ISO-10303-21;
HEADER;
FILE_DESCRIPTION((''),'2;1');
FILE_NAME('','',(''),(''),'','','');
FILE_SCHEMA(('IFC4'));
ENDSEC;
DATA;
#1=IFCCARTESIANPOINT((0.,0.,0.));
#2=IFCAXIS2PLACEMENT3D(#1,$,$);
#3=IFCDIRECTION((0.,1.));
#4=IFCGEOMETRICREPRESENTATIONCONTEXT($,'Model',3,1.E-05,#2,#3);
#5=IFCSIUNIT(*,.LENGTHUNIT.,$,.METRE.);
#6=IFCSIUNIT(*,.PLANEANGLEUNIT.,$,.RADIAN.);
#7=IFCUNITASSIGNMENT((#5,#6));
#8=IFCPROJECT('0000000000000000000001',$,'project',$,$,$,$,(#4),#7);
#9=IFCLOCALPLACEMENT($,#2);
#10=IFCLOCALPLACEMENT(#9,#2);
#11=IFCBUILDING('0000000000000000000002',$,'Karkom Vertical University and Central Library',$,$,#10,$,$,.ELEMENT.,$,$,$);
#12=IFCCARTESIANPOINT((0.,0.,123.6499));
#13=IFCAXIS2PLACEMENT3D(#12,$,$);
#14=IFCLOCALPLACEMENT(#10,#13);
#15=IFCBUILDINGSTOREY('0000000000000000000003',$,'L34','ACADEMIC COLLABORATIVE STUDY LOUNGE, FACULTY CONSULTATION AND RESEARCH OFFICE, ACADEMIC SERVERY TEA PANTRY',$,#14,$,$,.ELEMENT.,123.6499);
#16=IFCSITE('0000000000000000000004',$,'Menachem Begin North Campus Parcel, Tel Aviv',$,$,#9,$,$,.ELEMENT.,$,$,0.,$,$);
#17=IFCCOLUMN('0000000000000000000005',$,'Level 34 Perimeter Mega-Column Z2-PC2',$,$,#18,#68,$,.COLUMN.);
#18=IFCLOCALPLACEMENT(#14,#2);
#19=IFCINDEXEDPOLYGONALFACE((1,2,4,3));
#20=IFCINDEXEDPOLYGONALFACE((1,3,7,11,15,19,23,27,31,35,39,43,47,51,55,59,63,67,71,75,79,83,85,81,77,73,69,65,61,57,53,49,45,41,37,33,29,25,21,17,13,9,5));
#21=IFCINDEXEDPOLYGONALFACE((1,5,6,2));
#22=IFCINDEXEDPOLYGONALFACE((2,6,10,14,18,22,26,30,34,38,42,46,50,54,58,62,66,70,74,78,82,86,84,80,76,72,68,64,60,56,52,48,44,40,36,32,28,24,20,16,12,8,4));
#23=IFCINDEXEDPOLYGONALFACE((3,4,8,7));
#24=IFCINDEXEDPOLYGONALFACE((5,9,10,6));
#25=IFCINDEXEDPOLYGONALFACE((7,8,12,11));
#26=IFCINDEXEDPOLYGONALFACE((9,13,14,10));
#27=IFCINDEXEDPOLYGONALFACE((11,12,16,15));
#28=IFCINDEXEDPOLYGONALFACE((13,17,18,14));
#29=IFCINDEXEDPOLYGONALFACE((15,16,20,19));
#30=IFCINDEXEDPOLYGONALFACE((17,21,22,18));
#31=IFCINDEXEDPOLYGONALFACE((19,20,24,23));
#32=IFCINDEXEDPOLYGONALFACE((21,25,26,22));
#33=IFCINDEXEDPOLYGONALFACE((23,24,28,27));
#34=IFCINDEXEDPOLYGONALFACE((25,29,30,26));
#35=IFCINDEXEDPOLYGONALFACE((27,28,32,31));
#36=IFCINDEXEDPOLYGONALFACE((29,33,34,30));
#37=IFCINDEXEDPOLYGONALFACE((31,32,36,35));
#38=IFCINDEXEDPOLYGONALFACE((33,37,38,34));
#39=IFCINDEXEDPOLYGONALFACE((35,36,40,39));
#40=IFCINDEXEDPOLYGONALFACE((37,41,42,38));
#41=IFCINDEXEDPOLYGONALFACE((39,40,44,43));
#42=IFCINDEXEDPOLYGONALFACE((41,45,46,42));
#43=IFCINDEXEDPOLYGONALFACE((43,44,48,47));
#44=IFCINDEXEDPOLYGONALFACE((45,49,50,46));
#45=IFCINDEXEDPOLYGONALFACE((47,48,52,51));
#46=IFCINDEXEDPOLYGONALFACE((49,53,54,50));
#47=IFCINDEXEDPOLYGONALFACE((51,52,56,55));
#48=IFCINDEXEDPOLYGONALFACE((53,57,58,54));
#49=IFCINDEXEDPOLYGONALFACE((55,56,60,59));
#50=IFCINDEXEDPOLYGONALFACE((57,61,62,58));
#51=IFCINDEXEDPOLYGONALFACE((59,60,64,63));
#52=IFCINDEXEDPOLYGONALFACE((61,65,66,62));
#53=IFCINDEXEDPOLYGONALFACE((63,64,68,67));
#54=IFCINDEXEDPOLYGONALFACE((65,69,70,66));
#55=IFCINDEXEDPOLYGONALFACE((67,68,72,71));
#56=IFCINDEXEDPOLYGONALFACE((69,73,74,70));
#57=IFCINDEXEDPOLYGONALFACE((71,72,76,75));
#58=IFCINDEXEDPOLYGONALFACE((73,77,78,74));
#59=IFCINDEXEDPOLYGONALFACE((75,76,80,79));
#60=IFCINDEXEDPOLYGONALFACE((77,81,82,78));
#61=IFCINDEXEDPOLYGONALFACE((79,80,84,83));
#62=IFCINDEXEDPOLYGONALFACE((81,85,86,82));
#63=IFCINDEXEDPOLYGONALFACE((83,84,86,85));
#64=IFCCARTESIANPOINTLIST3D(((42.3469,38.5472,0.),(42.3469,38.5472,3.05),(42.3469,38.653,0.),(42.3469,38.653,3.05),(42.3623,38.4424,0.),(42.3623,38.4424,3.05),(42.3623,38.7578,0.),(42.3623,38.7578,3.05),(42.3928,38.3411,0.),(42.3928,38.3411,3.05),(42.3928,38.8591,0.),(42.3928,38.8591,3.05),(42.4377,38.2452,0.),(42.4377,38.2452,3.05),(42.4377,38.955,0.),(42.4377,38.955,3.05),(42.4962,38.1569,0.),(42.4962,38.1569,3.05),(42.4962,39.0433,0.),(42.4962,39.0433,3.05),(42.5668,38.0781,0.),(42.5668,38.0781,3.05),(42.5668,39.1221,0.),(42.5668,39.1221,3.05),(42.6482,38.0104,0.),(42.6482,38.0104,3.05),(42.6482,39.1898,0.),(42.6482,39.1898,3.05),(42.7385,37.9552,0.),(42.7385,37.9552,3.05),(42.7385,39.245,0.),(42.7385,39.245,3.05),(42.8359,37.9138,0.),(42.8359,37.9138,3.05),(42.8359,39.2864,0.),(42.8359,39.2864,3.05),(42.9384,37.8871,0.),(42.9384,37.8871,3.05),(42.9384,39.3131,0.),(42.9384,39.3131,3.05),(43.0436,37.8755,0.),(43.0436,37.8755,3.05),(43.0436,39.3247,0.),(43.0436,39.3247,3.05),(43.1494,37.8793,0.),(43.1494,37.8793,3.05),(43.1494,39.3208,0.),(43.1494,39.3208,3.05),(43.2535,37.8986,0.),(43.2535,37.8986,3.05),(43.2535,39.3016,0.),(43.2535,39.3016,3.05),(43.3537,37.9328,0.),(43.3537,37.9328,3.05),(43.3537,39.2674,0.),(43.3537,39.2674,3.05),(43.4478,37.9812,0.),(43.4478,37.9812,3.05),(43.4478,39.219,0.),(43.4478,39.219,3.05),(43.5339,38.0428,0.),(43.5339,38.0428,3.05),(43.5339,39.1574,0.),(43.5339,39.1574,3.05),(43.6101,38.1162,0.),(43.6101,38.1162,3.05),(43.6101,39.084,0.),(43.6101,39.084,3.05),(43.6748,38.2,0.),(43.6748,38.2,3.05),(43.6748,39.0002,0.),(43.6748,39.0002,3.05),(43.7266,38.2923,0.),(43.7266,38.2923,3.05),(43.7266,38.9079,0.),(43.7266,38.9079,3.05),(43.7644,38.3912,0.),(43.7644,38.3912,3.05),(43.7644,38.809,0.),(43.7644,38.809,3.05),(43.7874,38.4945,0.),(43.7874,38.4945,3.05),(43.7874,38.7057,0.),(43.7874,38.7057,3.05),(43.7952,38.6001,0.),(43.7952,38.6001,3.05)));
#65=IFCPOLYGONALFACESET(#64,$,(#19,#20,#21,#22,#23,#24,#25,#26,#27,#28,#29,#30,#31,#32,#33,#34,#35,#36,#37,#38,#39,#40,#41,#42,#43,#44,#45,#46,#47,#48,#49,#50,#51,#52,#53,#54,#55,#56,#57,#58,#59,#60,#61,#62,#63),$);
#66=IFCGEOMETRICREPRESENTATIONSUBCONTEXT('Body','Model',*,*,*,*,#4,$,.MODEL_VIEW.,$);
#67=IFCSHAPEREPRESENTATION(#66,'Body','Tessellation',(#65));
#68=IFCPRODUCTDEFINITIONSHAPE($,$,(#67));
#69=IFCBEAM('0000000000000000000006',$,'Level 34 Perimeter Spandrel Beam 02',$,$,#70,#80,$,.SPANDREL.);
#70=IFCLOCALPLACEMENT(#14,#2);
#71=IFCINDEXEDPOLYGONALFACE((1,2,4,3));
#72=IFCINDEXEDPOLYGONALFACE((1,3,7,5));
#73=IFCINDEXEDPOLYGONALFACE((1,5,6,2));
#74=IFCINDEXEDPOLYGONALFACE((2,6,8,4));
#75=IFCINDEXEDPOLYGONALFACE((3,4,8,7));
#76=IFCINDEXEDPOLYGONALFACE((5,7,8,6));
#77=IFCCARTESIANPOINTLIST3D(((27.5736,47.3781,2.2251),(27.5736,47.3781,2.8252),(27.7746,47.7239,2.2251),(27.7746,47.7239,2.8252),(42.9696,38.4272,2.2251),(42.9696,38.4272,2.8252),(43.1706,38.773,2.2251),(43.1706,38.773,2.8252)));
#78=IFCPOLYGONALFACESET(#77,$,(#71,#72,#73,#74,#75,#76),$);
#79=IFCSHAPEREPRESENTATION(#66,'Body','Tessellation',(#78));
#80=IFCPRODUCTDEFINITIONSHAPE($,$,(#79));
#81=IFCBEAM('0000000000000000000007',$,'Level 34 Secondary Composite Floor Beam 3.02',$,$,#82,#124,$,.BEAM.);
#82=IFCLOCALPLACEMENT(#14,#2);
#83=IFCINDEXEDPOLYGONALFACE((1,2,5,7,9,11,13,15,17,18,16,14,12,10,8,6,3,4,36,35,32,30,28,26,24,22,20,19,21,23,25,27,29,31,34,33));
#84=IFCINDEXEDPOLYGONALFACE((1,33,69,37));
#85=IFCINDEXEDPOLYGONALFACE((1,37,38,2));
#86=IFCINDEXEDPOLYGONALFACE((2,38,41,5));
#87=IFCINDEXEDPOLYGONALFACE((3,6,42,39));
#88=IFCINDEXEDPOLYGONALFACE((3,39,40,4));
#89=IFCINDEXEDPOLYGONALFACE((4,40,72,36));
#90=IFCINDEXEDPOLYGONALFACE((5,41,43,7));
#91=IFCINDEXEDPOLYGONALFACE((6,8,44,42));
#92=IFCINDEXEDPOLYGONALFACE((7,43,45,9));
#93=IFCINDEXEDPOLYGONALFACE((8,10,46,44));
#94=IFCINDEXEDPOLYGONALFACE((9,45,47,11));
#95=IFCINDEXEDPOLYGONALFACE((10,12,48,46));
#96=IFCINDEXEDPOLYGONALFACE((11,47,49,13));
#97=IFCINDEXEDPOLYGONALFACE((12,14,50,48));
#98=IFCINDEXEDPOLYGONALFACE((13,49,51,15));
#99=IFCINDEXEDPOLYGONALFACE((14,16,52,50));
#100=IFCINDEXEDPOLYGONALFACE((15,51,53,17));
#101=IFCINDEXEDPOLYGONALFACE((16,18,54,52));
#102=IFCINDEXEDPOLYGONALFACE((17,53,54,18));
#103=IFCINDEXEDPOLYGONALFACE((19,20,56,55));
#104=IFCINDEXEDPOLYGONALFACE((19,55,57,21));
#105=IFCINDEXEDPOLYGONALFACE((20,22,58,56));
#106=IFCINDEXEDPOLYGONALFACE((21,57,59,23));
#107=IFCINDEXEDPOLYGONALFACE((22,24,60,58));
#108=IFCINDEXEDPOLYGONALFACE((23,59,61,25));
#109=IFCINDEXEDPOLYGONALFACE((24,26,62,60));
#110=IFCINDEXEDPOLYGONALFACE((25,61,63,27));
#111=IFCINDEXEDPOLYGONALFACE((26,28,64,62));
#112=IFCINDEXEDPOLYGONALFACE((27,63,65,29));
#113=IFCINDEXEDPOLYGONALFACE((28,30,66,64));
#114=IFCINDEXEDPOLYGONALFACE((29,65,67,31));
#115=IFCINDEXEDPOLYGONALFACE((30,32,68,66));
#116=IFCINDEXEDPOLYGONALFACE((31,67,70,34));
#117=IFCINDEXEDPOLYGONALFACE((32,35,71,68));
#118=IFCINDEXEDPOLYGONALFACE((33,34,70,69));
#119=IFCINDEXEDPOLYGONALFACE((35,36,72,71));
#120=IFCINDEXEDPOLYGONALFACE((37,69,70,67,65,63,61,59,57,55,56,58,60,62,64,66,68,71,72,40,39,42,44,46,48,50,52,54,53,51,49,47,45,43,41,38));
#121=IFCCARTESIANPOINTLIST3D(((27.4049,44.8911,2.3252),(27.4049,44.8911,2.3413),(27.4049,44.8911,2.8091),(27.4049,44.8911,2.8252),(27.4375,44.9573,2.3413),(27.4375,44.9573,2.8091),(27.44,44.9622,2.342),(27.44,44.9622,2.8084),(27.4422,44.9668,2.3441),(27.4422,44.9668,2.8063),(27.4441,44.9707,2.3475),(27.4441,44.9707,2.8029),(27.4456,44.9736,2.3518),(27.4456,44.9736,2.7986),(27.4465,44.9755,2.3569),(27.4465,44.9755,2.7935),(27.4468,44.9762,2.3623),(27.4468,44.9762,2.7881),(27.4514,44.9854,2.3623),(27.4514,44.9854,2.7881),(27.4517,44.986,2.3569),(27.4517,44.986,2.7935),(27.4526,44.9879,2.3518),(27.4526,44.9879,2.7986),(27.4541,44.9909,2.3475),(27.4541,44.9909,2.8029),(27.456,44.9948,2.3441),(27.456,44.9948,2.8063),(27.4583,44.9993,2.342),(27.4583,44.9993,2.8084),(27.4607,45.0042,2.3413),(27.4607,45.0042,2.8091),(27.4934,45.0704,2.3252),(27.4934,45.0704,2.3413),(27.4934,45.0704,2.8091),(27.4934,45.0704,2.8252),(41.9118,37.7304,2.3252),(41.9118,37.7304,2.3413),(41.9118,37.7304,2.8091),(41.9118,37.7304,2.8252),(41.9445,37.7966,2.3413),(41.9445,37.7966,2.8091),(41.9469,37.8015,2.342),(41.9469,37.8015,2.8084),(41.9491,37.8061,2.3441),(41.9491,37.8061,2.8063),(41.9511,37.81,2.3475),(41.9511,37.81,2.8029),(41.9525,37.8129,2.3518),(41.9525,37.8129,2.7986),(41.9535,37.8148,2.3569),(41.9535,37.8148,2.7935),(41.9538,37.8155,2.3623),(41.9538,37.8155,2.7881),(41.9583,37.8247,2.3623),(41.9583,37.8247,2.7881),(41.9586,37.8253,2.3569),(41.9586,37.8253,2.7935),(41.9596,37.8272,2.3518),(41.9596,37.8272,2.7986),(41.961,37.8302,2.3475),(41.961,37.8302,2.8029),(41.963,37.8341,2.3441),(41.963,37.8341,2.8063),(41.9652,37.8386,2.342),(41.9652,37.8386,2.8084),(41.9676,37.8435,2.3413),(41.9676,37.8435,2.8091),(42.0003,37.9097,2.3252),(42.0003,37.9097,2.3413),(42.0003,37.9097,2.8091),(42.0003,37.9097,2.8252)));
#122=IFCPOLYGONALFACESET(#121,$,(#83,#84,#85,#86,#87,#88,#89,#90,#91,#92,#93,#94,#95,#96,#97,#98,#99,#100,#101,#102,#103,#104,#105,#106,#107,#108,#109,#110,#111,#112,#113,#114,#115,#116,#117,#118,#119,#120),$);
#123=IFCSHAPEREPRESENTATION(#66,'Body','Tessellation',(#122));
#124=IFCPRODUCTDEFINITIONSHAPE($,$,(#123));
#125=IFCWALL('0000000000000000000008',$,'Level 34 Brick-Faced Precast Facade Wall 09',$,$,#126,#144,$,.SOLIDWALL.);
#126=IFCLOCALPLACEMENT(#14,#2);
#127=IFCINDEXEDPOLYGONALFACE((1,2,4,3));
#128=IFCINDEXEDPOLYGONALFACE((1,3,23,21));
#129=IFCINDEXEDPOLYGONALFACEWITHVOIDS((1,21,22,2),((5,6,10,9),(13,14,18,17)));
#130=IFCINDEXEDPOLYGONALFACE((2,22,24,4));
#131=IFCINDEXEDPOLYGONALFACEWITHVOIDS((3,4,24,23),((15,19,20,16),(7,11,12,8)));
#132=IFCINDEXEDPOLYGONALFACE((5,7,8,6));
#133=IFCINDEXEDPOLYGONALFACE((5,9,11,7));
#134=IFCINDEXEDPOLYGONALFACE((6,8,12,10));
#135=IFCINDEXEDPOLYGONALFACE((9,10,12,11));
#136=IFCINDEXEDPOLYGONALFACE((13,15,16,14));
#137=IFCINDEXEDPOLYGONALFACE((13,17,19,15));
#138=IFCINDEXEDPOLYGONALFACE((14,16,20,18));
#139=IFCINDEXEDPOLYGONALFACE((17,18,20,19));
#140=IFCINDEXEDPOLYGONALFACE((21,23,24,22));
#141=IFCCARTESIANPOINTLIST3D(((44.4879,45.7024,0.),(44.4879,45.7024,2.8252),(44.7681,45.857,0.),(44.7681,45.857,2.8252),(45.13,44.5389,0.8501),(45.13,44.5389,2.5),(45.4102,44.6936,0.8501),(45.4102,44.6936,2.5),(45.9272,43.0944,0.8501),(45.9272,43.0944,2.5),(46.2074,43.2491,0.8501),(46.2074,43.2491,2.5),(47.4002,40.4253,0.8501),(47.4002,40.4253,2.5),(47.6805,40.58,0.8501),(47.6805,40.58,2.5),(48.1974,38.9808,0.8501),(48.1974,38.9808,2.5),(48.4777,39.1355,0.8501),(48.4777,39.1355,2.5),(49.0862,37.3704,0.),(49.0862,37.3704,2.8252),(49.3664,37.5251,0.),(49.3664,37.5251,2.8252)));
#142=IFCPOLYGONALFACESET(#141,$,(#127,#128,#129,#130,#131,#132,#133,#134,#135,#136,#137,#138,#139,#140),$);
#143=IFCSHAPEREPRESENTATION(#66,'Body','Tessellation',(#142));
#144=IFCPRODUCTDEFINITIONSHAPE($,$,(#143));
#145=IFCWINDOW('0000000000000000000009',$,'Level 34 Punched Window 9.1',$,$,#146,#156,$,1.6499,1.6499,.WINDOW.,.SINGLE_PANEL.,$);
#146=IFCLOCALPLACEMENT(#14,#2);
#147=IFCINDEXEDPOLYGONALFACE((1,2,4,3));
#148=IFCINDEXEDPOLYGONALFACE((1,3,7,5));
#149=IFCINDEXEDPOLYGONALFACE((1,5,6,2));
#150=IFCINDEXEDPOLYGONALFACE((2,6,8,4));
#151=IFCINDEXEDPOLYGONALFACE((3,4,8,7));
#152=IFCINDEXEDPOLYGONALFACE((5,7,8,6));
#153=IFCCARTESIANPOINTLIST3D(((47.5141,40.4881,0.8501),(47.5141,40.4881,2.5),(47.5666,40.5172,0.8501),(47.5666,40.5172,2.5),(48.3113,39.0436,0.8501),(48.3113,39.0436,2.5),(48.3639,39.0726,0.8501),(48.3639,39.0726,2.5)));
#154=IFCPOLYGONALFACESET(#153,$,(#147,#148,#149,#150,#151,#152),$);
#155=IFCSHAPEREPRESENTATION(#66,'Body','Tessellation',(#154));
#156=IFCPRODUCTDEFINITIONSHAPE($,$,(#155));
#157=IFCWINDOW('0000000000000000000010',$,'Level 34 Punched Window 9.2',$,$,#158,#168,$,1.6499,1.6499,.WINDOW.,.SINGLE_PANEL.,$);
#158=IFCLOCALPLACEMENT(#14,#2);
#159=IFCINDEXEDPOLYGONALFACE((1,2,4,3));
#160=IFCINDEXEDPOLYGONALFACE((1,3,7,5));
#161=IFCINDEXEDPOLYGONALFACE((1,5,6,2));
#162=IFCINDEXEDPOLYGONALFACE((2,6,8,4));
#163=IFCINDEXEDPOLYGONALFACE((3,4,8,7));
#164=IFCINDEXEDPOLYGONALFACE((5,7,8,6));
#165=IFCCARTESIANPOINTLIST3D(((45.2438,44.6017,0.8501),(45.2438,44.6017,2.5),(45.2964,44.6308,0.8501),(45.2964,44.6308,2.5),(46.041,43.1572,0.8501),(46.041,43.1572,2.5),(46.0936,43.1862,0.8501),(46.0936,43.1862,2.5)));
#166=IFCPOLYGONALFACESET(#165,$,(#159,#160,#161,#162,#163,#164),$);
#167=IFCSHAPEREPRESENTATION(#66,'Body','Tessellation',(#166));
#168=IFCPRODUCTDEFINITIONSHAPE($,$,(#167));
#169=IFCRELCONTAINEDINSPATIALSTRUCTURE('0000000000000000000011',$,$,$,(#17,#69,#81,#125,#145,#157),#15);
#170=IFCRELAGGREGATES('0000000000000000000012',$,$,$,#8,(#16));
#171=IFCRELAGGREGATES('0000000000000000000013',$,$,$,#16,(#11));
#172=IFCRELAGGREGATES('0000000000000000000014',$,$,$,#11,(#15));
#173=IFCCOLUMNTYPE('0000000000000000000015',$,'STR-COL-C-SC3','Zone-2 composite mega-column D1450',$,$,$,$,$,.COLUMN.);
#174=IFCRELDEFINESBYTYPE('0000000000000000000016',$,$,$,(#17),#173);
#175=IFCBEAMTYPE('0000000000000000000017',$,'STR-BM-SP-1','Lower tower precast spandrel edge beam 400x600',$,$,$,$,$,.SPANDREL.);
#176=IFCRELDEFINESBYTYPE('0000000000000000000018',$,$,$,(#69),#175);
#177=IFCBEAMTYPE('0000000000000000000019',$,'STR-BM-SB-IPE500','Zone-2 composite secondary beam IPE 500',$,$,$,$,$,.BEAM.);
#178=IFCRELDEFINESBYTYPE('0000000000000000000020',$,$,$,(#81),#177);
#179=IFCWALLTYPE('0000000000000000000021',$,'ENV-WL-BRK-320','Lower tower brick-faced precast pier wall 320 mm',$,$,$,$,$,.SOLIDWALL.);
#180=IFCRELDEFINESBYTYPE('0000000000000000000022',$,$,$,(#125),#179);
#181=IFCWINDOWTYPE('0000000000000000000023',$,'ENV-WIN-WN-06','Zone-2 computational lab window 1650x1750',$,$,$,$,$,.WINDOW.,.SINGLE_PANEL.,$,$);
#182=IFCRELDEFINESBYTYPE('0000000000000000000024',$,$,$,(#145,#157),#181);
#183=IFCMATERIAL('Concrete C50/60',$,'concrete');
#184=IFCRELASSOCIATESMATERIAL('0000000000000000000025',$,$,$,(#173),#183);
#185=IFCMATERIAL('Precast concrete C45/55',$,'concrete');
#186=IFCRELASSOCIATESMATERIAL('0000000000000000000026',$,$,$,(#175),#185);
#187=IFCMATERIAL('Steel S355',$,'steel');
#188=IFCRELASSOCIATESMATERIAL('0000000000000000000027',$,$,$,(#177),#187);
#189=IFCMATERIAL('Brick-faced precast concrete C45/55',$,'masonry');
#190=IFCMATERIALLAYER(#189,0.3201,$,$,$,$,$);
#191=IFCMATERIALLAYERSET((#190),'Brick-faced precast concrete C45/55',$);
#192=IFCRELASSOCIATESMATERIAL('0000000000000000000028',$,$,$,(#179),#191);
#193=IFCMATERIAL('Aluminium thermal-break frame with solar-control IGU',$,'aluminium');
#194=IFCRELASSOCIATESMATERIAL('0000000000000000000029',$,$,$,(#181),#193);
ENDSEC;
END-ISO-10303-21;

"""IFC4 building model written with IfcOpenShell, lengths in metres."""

from ifc_helpers import new_model, si_unit, direction, frame, frame_2d, origin, origin_with_axes, origin_2d, place, context, subcontext, project, spatial, rectangle, circle, i_section, extrude, source, transform, mapped, material, layer, layer_set, material_profile, profile_set, type_object, element, fill, save


model = new_model("IFC4")

# Units and contexts
model_context = context("Model", 3, precision=1e-05, world=origin(), true_north=direction((0.0, 1.0)))
body_context = subcontext(model_context, "Body", "Model", "MODEL_VIEW")
ifc_project = project(units=[si_unit("LENGTHUNIT", "METRE"), si_unit("PLANEANGLEUNIT", "RADIAN")], contexts=[model_context])

# Site, building, storey
site_placement = place(None, origin())
site = spatial("IfcSite", under=ifc_project, at=site_placement, Name="Menachem Begin North Campus Parcel, Tel Aviv", CompositionType="ELEMENT", RefElevation=0.0)
building_placement = place(site_placement, origin())
building = spatial("IfcBuilding", under=site, at=building_placement, Name="Karkom Vertical University and Central Library", CompositionType="ELEMENT")
storey_placement = place(building_placement, frame((0.0, 0.0, 123.6499)))
storey = spatial("IfcBuildingStorey", under=building, at=storey_placement, Name="L34", Description="ACADEMIC COLLABORATIVE STUDY LOUNGE, FACULTY CONSULTATION AND RESEARCH OFFICE, ACADEMIC SERVERY TEA PANTRY", CompositionType="ELEMENT", Elevation=123.6499)

# Column
ifc_material_1 = material(Name="Concrete C50/60", Category="concrete")
ifc_material_profile_1 = material_profile(ifc_material_1, circle(Radius=0.7251, at=origin_2d()), Name="CFT-D1450")
ifc_profile_set_1 = profile_set([ifc_material_profile_1], Name="Concrete C50/60")
column_type = type_object("IfcColumnType", Name="STR-COL-C-SC3", Description="Zone-2 composite mega-column D1450", PredefinedType="COLUMN", material=ifc_profile_set_1)
shared_shape_1 = source(origin_with_axes(), body_context, "Body", "SweptSolid", [
    extrude(circle(Radius=0.7251, at=origin_2d()), origin(), (0.0, 0.0, 1.0), 3.05),
])
column_placement = place(storey_placement, frame((43.0701, 38.6001, 0.0), z_axis=(0.0, 0.0, 1.0), x_axis=(1.0, 0.0, 0.0)))
element("IfcColumn", 1, at=column_placement, inside=storey, type_object=column_type, Name="Level 34 Perimeter Mega-Column Z2-PC2", PredefinedType="COLUMN", context=body_context, shape_type="MappedRepresentation", body=[
    mapped(shared_shape_1, transform((0.0, 0.0, 0.0), scale=1.0)),
])

# Beams
ifc_material_2 = material(Name="Precast concrete C45/55", Category="concrete")
ifc_material_profile_2 = material_profile(ifc_material_2, rectangle(XDim=0.3999, YDim=0.6001, at=origin_2d()), Name="SPB-400x600")
ifc_profile_set_2 = profile_set([ifc_material_profile_2], Name="Precast concrete C45/55")
beam_type_1 = type_object("IfcBeamType", Name="STR-BM-SP-1", Description="Lower tower precast spandrel edge beam 400x600", PredefinedType="SPANDREL", material=ifc_profile_set_2)
shared_shape_2 = source(origin_with_axes(), body_context, "Body", "SweptSolid", [
    extrude(rectangle(XDim=0.3999, YDim=0.6001, at=origin_2d()), origin(), (0.0, 0.0, 1.0), 17.8088),
])
beam_1_placement = place(storey_placement, frame((43.0701, 38.6001, 2.5251), z_axis=(-0.864513, 0.502611, 0.0), x_axis=(-0.502611, -0.864513, 0.0)))
element("IfcBeam", 2, at=beam_1_placement, inside=storey, type_object=beam_type_1, Name="Level 34 Perimeter Spandrel Beam 02", PredefinedType="SPANDREL", context=body_context, shape_type="MappedRepresentation", body=[
    mapped(shared_shape_2, transform((0.0, 0.0, 0.0), scale=1.0)),
])
ifc_material_3 = material(Name="Steel S355", Category="steel")
ifc_material_profile_3 = material_profile(ifc_material_3, i_section(OverallWidth=0.2, OverallDepth=0.5, WebThickness=0.0103, FlangeThickness=0.0161, FilletRadius=0.021, at=origin_2d()), Name="IPE 500")
ifc_profile_set_3 = profile_set([ifc_material_profile_3], Name="Steel S355")
beam_type_2 = type_object("IfcBeamType", Name="STR-BM-SB-IPE500", Description="Zone-2 composite secondary beam IPE 500", PredefinedType="BEAM", material=ifc_profile_set_3)
shared_shape_3 = source(origin_with_axes(), body_context, "Body", "SweptSolid", [
    extrude(i_section(OverallWidth=0.2, OverallDepth=0.5, WebThickness=0.0103, FlangeThickness=0.0161, FilletRadius=0.021, at=origin_2d()), origin(), (0.0, 0.0, 1.0), 16.178),
])
beam_2_placement = place(storey_placement, frame((41.9561, 37.8201, 2.5752), z_axis=(-0.896709, 0.44262, 0.0), x_axis=(-0.44262, -0.896709, 0.0)))
element("IfcBeam", 3, at=beam_2_placement, inside=storey, type_object=beam_type_2, Name="Level 34 Secondary Composite Floor Beam 3.02", PredefinedType="BEAM", context=body_context, shape_type="MappedRepresentation", body=[
    mapped(shared_shape_3, transform((0.0, 0.0, 0.0), scale=1.0)),
])

# Wall, openings, windows
ifc_material_4 = material(Name="Brick-faced precast concrete C45/55", Category="masonry")
ifc_layer_1 = layer(ifc_material_4, 0.3201)
ifc_layer_set_1 = layer_set([ifc_layer_1], Name="Brick-faced precast concrete C45/55")
wall_type_1 = type_object("IfcWallType", Name="ENV-WL-BRK-320", Description="Lower tower brick-faced precast pier wall 320 mm", PredefinedType="SOLIDWALL", material=ifc_layer_set_1)
wall_1_placement = place(storey_placement, frame((49.2263, 37.4478, 0.0), z_axis=(0.0, 0.0, 1.0), x_axis=(-0.483191, 0.875515, 0.0)))
wall_1 = element("IfcWall", 4, at=wall_1_placement, inside=storey, type_object=wall_type_1, Name="Level 34 Brick-Faced Precast Facade Wall 09", PredefinedType="SOLIDWALL", context=body_context, shape_type="SweptSolid", body=[
    extrude(rectangle(XDim=9.5166, YDim=0.3201, at=frame_2d((4.7583, 0.0))), origin(), (0.0, 0.0, 1.0), 2.8252),
])
opening_1_placement = place(wall_1_placement, frame((1.8394, 0.0, 0.8501)))
opening_1 = element("IfcOpeningElement", 5, at=opening_1_placement, cuts=wall_1, PredefinedType="OPENING", context=body_context, shape_type="SweptSolid", body=[
    extrude(rectangle(XDim=1.6499, YDim=1.6499, at=frame_2d((0.825, 0.825))), frame((0.0, 0.1699, 0.0), z_axis=(0.0, -1.0, 0.0), x_axis=(1.0, 0.0, 0.0)), (0.0, 0.0, 1.0), 0.3401),
])
opening_2_placement = place(wall_1_placement, frame((6.5378, 0.0, 0.8501)))
opening_2 = element("IfcOpeningElement", 6, at=opening_2_placement, cuts=wall_1, PredefinedType="OPENING", context=body_context, shape_type="SweptSolid", body=[
    extrude(rectangle(XDim=1.6499, YDim=1.6499, at=frame_2d((0.825, 0.825))), frame((0.0, 0.1699, 0.0), z_axis=(0.0, -1.0, 0.0), x_axis=(1.0, 0.0, 0.0)), (0.0, 0.0, 1.0), 0.3401),
])
ifc_material_5 = material(Name="Aluminium thermal-break frame with solar-control IGU", Category="aluminium")
window_type = type_object("IfcWindowType", Name="ENV-WIN-WN-06", Description="Zone-2 computational lab window 1650x1750", PartitioningType="SINGLE_PANEL", PredefinedType="WINDOW", material=ifc_material_5)
shared_shape_4 = source(origin_with_axes(), body_context, "Body", "SweptSolid", [
    extrude(rectangle(XDim=1.6499, YDim=1.6499, at=frame_2d((0.825, 0.825))), frame((0.0, 0.03, 0.0), z_axis=(0.0, -1.0, 0.0), x_axis=(1.0, 0.0, 0.0)), (0.0, 0.0, 1.0), 0.0601),
])
window_1_placement = place(opening_1_placement, origin())
window_1 = element("IfcWindow", 7, at=window_1_placement, inside=storey, type_object=window_type, Name="Level 34 Punched Window 9.1", OverallHeight=1.6499, OverallWidth=1.6499, PartitioningType="SINGLE_PANEL", PredefinedType="WINDOW", context=body_context, shape_type="MappedRepresentation", body=[
    mapped(shared_shape_4, transform((0.0, 0.0, 0.0), scale=1.0)),
])
fill(opening_1, window_1)
window_2_placement = place(opening_2_placement, origin())
window_2 = element("IfcWindow", 8, at=window_2_placement, inside=storey, type_object=window_type, Name="Level 34 Punched Window 9.2", OverallHeight=1.6499, OverallWidth=1.6499, PartitioningType="SINGLE_PANEL", PredefinedType="WINDOW", context=body_context, shape_type="MappedRepresentation", body=[
    mapped(shared_shape_4, transform((0.0, 0.0, 0.0), scale=1.0)),
])
fill(opening_2, window_2)

save(model, "model.ifc")
